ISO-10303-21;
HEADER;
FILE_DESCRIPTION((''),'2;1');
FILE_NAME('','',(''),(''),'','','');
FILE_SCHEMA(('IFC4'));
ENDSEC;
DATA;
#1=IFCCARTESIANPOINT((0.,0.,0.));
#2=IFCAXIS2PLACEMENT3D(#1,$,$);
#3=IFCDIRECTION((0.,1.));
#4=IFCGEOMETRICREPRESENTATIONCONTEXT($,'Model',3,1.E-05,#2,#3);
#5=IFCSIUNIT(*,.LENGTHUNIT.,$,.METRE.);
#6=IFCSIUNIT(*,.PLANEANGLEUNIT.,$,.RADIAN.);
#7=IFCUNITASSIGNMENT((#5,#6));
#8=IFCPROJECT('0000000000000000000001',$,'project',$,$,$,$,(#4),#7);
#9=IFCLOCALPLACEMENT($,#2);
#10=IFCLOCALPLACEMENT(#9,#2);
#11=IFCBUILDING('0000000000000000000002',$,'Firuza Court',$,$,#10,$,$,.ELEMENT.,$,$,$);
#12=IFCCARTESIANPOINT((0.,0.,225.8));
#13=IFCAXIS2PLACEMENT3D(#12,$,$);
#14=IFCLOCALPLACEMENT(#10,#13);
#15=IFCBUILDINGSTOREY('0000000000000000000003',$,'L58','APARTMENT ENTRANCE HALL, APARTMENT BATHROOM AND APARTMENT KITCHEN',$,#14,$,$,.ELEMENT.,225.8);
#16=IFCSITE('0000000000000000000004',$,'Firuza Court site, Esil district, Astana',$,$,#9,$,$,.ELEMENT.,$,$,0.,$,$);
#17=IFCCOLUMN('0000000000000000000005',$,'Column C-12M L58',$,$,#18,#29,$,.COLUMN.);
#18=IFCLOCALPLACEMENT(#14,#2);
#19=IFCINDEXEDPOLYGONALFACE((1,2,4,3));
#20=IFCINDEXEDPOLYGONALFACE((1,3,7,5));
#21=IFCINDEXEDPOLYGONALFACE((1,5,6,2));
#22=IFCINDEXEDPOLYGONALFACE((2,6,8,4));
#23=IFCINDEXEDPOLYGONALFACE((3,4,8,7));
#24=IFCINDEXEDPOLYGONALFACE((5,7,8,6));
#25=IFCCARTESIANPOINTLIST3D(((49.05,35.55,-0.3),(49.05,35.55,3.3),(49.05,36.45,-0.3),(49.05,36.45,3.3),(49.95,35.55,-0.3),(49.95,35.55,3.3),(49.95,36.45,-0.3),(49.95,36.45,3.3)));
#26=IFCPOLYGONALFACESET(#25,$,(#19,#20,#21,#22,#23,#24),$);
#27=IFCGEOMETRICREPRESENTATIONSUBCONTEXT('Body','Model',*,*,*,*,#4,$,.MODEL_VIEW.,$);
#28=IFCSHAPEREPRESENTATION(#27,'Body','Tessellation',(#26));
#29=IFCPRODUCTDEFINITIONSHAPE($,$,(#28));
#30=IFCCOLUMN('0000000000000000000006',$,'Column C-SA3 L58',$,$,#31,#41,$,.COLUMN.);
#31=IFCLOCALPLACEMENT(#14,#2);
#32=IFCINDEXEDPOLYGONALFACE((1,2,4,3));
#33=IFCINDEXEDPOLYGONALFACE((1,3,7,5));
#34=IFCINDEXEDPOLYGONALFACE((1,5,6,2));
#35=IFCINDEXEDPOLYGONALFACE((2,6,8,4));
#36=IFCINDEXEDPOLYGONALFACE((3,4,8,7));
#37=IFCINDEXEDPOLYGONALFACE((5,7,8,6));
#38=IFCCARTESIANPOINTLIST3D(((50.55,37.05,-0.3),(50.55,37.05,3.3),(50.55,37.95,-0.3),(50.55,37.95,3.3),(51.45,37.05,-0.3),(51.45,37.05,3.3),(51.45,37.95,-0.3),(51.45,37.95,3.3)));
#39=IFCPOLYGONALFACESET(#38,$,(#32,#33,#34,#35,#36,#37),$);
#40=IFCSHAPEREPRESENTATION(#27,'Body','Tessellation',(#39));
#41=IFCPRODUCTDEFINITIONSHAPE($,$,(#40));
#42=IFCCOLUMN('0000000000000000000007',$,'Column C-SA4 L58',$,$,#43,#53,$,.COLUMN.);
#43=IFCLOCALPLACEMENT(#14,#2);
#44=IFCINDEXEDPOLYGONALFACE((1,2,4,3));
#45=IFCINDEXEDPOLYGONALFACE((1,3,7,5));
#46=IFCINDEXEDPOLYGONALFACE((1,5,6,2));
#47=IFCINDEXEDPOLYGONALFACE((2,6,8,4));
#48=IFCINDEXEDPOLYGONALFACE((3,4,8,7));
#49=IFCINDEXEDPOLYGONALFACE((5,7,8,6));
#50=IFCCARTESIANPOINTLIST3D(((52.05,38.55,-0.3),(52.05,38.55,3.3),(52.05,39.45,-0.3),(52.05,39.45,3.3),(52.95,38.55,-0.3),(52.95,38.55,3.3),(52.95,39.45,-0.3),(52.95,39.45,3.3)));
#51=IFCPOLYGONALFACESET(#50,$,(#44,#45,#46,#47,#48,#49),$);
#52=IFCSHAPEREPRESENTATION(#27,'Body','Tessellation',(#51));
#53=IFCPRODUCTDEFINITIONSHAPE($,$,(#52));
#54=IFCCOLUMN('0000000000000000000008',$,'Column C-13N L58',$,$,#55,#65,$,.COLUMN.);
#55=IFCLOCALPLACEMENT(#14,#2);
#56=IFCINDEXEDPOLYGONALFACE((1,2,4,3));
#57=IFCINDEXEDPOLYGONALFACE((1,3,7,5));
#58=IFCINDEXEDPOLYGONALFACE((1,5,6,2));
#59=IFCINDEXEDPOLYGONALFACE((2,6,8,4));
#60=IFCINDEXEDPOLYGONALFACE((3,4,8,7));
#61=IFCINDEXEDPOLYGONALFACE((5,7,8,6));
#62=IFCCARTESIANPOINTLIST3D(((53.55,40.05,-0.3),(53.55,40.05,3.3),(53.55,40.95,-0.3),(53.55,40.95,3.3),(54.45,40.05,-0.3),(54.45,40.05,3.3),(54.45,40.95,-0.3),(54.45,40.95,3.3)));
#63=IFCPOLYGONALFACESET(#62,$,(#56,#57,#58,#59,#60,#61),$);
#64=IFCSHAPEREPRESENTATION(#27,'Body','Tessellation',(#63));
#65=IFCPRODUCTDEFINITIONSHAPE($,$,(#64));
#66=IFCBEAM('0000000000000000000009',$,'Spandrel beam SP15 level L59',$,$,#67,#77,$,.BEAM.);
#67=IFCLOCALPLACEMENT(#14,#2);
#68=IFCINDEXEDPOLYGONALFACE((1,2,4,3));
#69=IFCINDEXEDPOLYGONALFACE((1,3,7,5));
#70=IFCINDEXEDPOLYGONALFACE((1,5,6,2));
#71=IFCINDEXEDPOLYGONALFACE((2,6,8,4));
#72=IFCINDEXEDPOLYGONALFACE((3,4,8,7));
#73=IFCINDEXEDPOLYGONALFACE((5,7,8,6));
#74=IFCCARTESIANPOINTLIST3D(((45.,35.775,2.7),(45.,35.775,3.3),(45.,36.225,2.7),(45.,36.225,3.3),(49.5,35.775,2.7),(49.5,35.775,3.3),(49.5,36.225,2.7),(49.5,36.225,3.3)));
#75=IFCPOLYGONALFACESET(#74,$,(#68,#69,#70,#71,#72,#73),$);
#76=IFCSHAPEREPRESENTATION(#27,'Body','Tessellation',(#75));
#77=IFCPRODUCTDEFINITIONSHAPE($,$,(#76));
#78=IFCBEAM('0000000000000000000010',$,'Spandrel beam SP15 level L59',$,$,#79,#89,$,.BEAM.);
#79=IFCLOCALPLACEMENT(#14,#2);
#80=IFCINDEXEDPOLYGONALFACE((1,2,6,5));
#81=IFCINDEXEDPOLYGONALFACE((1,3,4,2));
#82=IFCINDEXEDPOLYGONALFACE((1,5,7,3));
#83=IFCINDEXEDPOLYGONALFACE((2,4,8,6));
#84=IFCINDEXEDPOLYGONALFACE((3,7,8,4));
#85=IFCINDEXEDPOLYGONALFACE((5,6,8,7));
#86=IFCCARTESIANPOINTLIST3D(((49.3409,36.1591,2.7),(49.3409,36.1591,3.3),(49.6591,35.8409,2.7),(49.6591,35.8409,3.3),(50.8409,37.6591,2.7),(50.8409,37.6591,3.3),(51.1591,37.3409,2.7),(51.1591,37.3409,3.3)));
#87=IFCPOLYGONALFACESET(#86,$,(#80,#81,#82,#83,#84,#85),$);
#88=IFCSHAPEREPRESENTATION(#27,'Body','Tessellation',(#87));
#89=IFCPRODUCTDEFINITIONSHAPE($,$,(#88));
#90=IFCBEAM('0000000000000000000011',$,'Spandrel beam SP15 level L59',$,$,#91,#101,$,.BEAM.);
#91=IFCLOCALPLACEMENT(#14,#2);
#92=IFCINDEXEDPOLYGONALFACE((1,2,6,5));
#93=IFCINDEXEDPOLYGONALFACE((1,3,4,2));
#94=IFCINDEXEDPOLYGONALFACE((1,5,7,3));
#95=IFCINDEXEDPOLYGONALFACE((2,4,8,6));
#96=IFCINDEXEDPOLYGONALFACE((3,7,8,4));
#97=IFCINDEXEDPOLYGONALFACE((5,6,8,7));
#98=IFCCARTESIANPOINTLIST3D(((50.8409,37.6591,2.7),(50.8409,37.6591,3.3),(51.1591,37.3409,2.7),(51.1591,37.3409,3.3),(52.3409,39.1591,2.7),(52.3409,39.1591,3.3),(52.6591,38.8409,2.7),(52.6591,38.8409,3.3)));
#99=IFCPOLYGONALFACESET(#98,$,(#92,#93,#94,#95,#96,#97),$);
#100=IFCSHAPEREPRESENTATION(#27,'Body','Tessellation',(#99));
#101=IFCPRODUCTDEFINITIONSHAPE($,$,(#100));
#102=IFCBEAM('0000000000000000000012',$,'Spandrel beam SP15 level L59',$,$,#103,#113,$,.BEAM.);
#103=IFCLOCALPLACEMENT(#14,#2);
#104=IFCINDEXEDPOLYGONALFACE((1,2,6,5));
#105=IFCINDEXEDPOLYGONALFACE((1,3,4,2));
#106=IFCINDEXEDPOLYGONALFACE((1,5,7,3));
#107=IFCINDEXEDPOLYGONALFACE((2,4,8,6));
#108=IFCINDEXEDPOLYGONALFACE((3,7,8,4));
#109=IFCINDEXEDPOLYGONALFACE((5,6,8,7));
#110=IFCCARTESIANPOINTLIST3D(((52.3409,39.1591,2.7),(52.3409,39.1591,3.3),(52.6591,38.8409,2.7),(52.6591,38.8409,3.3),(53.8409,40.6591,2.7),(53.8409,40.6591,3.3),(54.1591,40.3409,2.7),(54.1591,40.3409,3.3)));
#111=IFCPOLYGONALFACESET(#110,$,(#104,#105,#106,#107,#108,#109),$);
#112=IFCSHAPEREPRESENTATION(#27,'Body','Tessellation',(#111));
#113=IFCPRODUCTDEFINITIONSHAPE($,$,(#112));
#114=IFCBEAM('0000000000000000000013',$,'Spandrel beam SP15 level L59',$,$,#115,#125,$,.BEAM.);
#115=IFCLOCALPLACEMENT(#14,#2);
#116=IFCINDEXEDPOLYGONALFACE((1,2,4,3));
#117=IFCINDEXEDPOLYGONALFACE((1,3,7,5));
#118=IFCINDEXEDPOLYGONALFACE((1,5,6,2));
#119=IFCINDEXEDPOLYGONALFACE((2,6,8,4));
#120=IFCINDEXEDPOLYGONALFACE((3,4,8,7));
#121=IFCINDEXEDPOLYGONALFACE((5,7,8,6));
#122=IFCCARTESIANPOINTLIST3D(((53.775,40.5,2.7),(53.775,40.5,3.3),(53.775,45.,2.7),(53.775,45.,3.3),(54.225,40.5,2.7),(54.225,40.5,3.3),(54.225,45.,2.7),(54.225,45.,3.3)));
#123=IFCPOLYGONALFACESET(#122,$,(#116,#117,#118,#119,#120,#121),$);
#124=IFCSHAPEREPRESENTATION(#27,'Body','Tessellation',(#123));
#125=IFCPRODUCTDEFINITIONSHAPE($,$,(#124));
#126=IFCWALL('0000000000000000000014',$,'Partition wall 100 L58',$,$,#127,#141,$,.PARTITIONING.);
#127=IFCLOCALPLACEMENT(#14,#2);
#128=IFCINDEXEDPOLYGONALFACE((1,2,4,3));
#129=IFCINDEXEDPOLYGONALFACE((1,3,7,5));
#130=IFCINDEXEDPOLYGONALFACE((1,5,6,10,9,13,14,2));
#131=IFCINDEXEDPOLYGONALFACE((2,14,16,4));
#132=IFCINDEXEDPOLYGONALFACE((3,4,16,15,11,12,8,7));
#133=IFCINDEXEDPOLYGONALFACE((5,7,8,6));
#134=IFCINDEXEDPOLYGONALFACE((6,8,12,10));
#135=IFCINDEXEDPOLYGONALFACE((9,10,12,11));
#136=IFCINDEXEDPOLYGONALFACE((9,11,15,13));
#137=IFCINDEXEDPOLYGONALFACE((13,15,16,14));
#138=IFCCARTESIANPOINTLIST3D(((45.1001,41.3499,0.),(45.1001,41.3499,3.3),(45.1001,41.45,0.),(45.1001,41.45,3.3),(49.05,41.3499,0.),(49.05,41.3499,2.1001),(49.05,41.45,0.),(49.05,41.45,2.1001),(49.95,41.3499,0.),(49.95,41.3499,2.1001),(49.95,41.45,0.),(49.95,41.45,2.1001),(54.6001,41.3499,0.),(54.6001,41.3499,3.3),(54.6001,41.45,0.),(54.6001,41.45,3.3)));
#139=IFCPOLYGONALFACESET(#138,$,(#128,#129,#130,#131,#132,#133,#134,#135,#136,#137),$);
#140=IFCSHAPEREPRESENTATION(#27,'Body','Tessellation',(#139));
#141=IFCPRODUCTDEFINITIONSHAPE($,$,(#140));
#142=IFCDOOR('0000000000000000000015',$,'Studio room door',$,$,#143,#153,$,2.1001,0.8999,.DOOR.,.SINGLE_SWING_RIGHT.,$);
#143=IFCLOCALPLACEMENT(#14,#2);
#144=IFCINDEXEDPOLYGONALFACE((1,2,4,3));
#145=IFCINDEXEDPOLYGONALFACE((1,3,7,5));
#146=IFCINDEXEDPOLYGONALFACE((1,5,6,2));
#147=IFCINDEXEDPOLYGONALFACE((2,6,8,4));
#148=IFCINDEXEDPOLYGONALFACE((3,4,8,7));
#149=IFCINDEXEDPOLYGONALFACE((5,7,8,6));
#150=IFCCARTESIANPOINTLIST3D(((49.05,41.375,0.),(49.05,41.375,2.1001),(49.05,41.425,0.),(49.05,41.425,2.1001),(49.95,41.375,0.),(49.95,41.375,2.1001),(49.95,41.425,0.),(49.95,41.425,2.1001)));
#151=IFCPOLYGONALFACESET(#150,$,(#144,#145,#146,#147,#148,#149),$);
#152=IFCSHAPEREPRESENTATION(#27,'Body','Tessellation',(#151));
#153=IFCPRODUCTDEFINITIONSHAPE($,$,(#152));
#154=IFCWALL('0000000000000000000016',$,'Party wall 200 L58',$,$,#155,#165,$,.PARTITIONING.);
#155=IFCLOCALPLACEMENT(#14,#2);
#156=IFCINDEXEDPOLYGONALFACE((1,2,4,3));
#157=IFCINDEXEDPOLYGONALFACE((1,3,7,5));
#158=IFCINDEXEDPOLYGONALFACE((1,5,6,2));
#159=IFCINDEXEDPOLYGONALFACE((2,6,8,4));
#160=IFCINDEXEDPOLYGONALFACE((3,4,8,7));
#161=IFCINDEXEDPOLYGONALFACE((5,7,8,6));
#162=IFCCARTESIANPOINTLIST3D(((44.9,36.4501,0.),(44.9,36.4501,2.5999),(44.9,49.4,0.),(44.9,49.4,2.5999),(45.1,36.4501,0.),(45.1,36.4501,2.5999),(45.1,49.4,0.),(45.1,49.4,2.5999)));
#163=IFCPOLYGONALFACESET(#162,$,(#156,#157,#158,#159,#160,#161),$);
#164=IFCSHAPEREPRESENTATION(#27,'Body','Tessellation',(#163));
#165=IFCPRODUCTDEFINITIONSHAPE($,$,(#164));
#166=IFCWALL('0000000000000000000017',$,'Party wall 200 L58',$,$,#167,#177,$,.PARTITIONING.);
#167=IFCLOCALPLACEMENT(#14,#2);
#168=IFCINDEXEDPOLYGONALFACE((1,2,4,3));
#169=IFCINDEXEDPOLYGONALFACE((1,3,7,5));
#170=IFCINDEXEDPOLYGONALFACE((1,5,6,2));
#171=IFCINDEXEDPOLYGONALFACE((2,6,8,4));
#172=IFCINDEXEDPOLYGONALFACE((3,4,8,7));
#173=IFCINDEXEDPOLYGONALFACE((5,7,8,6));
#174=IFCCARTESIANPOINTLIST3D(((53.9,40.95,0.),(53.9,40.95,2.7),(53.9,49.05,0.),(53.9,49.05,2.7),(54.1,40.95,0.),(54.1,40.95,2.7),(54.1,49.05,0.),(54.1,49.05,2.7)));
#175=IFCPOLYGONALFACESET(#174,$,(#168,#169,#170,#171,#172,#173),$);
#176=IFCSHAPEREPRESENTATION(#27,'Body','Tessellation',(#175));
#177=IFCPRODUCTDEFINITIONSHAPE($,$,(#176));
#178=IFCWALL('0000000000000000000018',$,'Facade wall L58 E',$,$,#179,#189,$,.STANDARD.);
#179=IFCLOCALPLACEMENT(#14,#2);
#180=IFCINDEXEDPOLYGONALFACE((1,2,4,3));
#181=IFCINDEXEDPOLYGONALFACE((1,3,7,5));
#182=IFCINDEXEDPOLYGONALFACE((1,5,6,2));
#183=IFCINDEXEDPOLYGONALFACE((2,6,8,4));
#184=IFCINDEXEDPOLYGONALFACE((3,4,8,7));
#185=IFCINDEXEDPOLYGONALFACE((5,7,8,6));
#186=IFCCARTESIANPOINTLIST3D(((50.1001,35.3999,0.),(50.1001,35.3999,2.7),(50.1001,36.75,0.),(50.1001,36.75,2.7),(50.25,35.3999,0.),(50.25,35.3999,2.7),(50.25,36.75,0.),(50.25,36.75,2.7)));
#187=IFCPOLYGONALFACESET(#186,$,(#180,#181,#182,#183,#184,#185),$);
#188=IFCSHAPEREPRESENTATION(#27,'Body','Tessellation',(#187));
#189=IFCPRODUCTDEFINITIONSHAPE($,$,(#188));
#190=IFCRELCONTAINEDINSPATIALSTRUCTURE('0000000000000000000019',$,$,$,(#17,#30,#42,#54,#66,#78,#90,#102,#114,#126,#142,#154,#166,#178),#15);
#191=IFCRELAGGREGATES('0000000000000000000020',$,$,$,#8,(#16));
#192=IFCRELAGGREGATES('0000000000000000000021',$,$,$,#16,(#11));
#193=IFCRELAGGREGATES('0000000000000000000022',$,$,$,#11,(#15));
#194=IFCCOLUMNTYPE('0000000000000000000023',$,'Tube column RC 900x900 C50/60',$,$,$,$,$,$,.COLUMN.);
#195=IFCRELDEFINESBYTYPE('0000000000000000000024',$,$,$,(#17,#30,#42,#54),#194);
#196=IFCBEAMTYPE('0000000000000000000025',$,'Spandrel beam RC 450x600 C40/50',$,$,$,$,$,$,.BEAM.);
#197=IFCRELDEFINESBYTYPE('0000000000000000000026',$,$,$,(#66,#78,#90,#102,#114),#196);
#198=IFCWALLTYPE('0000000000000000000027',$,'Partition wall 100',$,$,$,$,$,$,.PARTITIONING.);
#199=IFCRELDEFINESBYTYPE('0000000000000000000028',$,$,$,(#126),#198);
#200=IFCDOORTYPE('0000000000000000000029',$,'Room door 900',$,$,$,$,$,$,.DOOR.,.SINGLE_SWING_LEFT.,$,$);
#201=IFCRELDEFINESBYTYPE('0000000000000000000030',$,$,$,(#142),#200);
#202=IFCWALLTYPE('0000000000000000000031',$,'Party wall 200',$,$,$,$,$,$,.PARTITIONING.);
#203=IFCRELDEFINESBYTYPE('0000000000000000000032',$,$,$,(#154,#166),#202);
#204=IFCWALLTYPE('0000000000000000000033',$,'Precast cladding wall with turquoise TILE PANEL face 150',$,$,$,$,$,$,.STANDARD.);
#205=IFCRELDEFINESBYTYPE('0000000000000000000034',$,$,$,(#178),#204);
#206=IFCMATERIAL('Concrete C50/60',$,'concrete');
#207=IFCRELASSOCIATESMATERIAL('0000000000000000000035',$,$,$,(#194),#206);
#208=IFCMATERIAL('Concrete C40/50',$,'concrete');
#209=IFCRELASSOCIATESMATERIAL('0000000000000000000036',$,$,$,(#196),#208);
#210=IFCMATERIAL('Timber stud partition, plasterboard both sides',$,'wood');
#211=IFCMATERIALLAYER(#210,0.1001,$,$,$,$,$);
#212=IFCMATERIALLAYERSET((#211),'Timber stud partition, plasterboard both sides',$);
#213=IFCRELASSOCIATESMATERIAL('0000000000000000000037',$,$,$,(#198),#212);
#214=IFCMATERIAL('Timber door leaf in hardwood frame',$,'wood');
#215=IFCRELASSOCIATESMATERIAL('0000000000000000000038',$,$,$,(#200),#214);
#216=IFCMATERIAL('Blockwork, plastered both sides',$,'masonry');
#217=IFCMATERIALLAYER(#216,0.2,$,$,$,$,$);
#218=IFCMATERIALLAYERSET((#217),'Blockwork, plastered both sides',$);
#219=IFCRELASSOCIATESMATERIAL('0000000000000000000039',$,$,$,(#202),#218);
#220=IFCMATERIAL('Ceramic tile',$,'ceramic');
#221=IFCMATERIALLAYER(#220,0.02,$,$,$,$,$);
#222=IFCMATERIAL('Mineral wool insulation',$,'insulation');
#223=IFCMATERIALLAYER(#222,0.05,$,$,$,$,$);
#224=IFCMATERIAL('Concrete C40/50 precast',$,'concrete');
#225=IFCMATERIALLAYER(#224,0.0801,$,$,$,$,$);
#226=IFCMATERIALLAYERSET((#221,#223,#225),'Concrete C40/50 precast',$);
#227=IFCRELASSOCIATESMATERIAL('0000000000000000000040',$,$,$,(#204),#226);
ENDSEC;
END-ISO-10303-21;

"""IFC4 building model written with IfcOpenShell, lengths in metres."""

from ifc_helpers import new_model, si_unit, direction, frame, frame_2d, origin, origin_2d, place, context, subcontext, project, spatial, rectangle, extrude, material, layer, layer_set, material_profile, profile_set, type_object, element, fill, save


model = new_model("IFC4")

# Units and contexts
model_context = context("Model", 3, precision=1e-05, world=origin(), true_north=direction((0.0, 1.0)))
body_context = subcontext(model_context, "Body", "Model", "MODEL_VIEW")
ifc_project = project(units=[si_unit("LENGTHUNIT", "METRE"), si_unit("PLANEANGLEUNIT", "RADIAN")], contexts=[model_context])

# Site, building, storey
site_placement = place(None, origin())
site = spatial("IfcSite", under=ifc_project, at=site_placement, Name="Firuza Court site, Esil district, Astana", CompositionType="ELEMENT", RefElevation=0.0)
building_placement = place(site_placement, origin())
building = spatial("IfcBuilding", under=site, at=building_placement, Name="Firuza Court", CompositionType="ELEMENT")
storey_placement = place(building_placement, frame((0.0, 0.0, 225.8)))
storey = spatial("IfcBuildingStorey", under=building, at=storey_placement, Name="L58", Description="APARTMENT ENTRANCE HALL, APARTMENT BATHROOM AND APARTMENT KITCHEN", CompositionType="ELEMENT", Elevation=225.8)

# Columns
ifc_material_1 = material(Name="Concrete C50/60", Category="concrete")
ifc_material_profile_1 = material_profile(ifc_material_1, rectangle(XDim=0.8999, YDim=0.8999, at=origin_2d()), Name="RC 900x900")
ifc_profile_set_1 = profile_set([ifc_material_profile_1], Name="Concrete C50/60")
column_type = type_object("IfcColumnType", Name="Tube column RC 900x900 C50/60", PredefinedType="COLUMN", material=ifc_profile_set_1)
for number, where, z_axis, x_axis, name in (
    (1, (49.5, 36.0, -0.3), (0.0, 0.0, 1.0), (1.0, 0.0, 0.0), "Column C-12M L58"),
    (2, (51.0, 37.5, -0.3), (0.0, 0.0, 1.0), (1.0, 0.0, 0.0), "Column C-SA3 L58"),
    (3, (52.5, 39.0, -0.3), (0.0, 0.0, 1.0), (1.0, 0.0, 0.0), "Column C-SA4 L58"),
    (4, (54.0, 40.5, -0.3), (0.0, 0.0, 1.0), (1.0, 0.0, 0.0), "Column C-13N L58"),
):
    element("IfcColumn", number, at=place(storey_placement, frame(where, z_axis=z_axis, x_axis=x_axis)), inside=storey, type_object=column_type, Name=name, PredefinedType="COLUMN", context=body_context, shape_type="SweptSolid", body=[
        extrude(rectangle(XDim=0.8999, YDim=0.8999, at=origin_2d()), origin(), (0.0, 0.0, 1.0), 3.6001),
    ])

# Beams
ifc_material_2 = material(Name="Concrete C40/50", Category="concrete")
ifc_material_profile_2 = material_profile(ifc_material_2, rectangle(XDim=0.45, YDim=0.6001, at=origin_2d()), Name="RC 450x600")
ifc_profile_set_2 = profile_set([ifc_material_profile_2], Name="Concrete C40/50")
beam_type = type_object("IfcBeamType", Name="Spandrel beam RC 450x600 C40/50", PredefinedType="BEAM", material=ifc_profile_set_2)
beam_1_placement = place(storey_placement, frame((45.0, 36.0, 3.0), z_axis=(1.0, 0.0, 0.0), x_axis=(0.0, 1.0, 0.0)))
element("IfcBeam", 5, at=beam_1_placement, inside=storey, type_object=beam_type, Name="Spandrel beam SP15 level L59", PredefinedType="BEAM", context=body_context, shape_type="SweptSolid", body=[
    extrude(rectangle(XDim=0.45, YDim=0.6001, at=origin_2d()), origin(), (0.0, 0.0, 1.0), 4.5),
])
for number, where, z_axis, x_axis, name in (
    (6, (49.5, 36.0, 3.0), (0.707107, 0.707107, 0.0), (-0.707107, 0.707107, 0.0), "Spandrel beam SP15 level L59"),
    (7, (51.0, 37.5, 3.0), (0.707107, 0.707107, 0.0), (-0.707107, 0.707107, 0.0), "Spandrel beam SP15 level L59"),
    (8, (52.5, 39.0, 3.0), (0.707107, 0.707107, 0.0), (-0.707107, 0.707107, 0.0), "Spandrel beam SP15 level L59"),
):
    element("IfcBeam", number, at=place(storey_placement, frame(where, z_axis=z_axis, x_axis=x_axis)), inside=storey, type_object=beam_type, Name=name, PredefinedType="BEAM", context=body_context, shape_type="SweptSolid", body=[
        extrude(rectangle(XDim=0.45, YDim=0.6001, at=origin_2d()), origin(), (0.0, 0.0, 1.0), 2.1213),
    ])
beam_2_placement = place(storey_placement, frame((54.0, 40.5, 3.0), z_axis=(0.0, 1.0, 0.0), x_axis=(-1.0, 0.0, 0.0)))
element("IfcBeam", 9, at=beam_2_placement, inside=storey, type_object=beam_type, Name="Spandrel beam SP15 level L59", PredefinedType="BEAM", context=body_context, shape_type="SweptSolid", body=[
    extrude(rectangle(XDim=0.45, YDim=0.6001, at=origin_2d()), origin(), (0.0, 0.0, 1.0), 4.5),
])

# Wall, opening, door
ifc_material_3 = material(Name="Timber stud partition, plasterboard both sides", Category="wood")
ifc_layer_1 = layer(ifc_material_3, 0.1001)
ifc_layer_set_1 = layer_set([ifc_layer_1], Name="Timber stud partition, plasterboard both sides")
wall_type_1 = type_object("IfcWallType", Name="Partition wall 100", PredefinedType="PARTITIONING", material=ifc_layer_set_1)
wall_1_placement = place(storey_placement, frame((45.1001, 41.3999, 0.0), z_axis=(0.0, 0.0, 1.0), x_axis=(1.0, 0.0, 0.0)))
wall_1 = element("IfcWall", 10, at=wall_1_placement, inside=storey, type_object=wall_type_1, Name="Partition wall 100 L58", PredefinedType="PARTITIONING", context=body_context, shape_type="SweptSolid", body=[
    extrude(rectangle(XDim=9.5, YDim=0.1001, at=frame_2d((4.75, 0.0))), origin(), (0.0, 0.0, 1.0), 3.3),
])
opening_1_placement = place(wall_1_placement, frame((3.95, 0.0, 0.0)))
opening_1 = element("IfcOpeningElement", 11, at=opening_1_placement, cuts=wall_1, PredefinedType="OPENING", context=body_context, shape_type="SweptSolid", body=[
    extrude(rectangle(XDim=0.8999, YDim=2.1001, at=frame_2d((0.45, 1.05))), frame((0.0, 0.062, 0.0), z_axis=(0.0, -1.0, 0.0), x_axis=(1.0, 0.0, 0.0)), (0.0, 0.0, 1.0), 0.124),
])
ifc_material_4 = material(Name="Timber door leaf in hardwood frame", Category="wood")
door_type = type_object("IfcDoorType", Name="Room door 900", OperationType="SINGLE_SWING_LEFT", PredefinedType="DOOR", material=ifc_material_4)
door_placement = place(opening_1_placement, frame((0.8999, 0.0, 0.0), z_axis=(0.0, 0.0, 1.0), x_axis=(-1.0, 0.0, 0.0)))
door = element("IfcDoor", 12, at=door_placement, inside=storey, type_object=door_type, Name="Studio room door", OperationType="SINGLE_SWING_RIGHT", OverallHeight=2.1001, OverallWidth=0.8999, PredefinedType="DOOR", context=body_context, shape_type="SweptSolid", body=[
    extrude(rectangle(XDim=0.8999, YDim=2.1001, at=frame_2d((0.45, 1.05))), frame((0.0, 0.0249, 0.0), z_axis=(0.0, -1.0, 0.0), x_axis=(1.0, 0.0, 0.0)), (0.0, 0.0, 1.0), 0.05),
])
fill(opening_1, door)

# Walls
ifc_material_5 = material(Name="Blockwork, plastered both sides", Category="masonry")
ifc_layer_2 = layer(ifc_material_5, 0.2)
ifc_layer_set_2 = layer_set([ifc_layer_2], Name="Blockwork, plastered both sides")
wall_type_2 = type_object("IfcWallType", Name="Party wall 200", PredefinedType="PARTITIONING", material=ifc_layer_set_2)
wall_2_placement = place(storey_placement, frame((45.0, 36.45, 0.0), z_axis=(0.0, 0.0, 1.0), x_axis=(0.0, 1.0, 0.0)))
element("IfcWall", 13, at=wall_2_placement, inside=storey, type_object=wall_type_2, Name="Party wall 200 L58", PredefinedType="PARTITIONING", context=body_context, shape_type="SweptSolid", body=[
    extrude(rectangle(XDim=12.95, YDim=0.2, at=frame_2d((6.4751, 0.0))), origin(), (0.0, 0.0, 1.0), 2.5999),
])
wall_3_placement = place(storey_placement, frame((54.0, 40.95, 0.0), z_axis=(0.0, 0.0, 1.0), x_axis=(0.0, 1.0, 0.0)))
element("IfcWall", 14, at=wall_3_placement, inside=storey, type_object=wall_type_2, Name="Party wall 200 L58", PredefinedType="PARTITIONING", context=body_context, shape_type="SweptSolid", body=[
    extrude(rectangle(XDim=8.1001, YDim=0.2, at=frame_2d((4.05, 0.0))), origin(), (0.0, 0.0, 1.0), 2.7),
])
ifc_material_6 = material(Name="Ceramic tile", Category="ceramic")
ifc_layer_3 = layer(ifc_material_6, 0.02)
ifc_material_7 = material(Name="Mineral wool insulation", Category="insulation")
ifc_layer_4 = layer(ifc_material_7, 0.05)
ifc_material_8 = material(Name="Concrete C40/50 precast", Category="concrete")
ifc_layer_5 = layer(ifc_material_8, 0.0801)
ifc_layer_set_3 = layer_set([ifc_layer_3, ifc_layer_4, ifc_layer_5], Name="Concrete C40/50 precast")
wall_type_3 = type_object("IfcWallType", Name="Precast cladding wall with turquoise TILE PANEL face 150", PredefinedType="STANDARD", material=ifc_layer_set_3)
wall_4_placement = place(storey_placement, frame((50.175, 35.3999, 0.0), z_axis=(0.0, 0.0, 1.0), x_axis=(0.0, 1.0, 0.0)))
element("IfcWall", 15, at=wall_4_placement, inside=storey, type_object=wall_type_3, Name="Facade wall L58 E", PredefinedType="STANDARD", context=body_context, shape_type="SweptSolid", body=[
    extrude(rectangle(XDim=1.3501, YDim=0.1499, at=frame_2d((0.675, 0.0))), origin(), (0.0, 0.0, 1.0), 2.7),
])

save(model, "model.ifc")
